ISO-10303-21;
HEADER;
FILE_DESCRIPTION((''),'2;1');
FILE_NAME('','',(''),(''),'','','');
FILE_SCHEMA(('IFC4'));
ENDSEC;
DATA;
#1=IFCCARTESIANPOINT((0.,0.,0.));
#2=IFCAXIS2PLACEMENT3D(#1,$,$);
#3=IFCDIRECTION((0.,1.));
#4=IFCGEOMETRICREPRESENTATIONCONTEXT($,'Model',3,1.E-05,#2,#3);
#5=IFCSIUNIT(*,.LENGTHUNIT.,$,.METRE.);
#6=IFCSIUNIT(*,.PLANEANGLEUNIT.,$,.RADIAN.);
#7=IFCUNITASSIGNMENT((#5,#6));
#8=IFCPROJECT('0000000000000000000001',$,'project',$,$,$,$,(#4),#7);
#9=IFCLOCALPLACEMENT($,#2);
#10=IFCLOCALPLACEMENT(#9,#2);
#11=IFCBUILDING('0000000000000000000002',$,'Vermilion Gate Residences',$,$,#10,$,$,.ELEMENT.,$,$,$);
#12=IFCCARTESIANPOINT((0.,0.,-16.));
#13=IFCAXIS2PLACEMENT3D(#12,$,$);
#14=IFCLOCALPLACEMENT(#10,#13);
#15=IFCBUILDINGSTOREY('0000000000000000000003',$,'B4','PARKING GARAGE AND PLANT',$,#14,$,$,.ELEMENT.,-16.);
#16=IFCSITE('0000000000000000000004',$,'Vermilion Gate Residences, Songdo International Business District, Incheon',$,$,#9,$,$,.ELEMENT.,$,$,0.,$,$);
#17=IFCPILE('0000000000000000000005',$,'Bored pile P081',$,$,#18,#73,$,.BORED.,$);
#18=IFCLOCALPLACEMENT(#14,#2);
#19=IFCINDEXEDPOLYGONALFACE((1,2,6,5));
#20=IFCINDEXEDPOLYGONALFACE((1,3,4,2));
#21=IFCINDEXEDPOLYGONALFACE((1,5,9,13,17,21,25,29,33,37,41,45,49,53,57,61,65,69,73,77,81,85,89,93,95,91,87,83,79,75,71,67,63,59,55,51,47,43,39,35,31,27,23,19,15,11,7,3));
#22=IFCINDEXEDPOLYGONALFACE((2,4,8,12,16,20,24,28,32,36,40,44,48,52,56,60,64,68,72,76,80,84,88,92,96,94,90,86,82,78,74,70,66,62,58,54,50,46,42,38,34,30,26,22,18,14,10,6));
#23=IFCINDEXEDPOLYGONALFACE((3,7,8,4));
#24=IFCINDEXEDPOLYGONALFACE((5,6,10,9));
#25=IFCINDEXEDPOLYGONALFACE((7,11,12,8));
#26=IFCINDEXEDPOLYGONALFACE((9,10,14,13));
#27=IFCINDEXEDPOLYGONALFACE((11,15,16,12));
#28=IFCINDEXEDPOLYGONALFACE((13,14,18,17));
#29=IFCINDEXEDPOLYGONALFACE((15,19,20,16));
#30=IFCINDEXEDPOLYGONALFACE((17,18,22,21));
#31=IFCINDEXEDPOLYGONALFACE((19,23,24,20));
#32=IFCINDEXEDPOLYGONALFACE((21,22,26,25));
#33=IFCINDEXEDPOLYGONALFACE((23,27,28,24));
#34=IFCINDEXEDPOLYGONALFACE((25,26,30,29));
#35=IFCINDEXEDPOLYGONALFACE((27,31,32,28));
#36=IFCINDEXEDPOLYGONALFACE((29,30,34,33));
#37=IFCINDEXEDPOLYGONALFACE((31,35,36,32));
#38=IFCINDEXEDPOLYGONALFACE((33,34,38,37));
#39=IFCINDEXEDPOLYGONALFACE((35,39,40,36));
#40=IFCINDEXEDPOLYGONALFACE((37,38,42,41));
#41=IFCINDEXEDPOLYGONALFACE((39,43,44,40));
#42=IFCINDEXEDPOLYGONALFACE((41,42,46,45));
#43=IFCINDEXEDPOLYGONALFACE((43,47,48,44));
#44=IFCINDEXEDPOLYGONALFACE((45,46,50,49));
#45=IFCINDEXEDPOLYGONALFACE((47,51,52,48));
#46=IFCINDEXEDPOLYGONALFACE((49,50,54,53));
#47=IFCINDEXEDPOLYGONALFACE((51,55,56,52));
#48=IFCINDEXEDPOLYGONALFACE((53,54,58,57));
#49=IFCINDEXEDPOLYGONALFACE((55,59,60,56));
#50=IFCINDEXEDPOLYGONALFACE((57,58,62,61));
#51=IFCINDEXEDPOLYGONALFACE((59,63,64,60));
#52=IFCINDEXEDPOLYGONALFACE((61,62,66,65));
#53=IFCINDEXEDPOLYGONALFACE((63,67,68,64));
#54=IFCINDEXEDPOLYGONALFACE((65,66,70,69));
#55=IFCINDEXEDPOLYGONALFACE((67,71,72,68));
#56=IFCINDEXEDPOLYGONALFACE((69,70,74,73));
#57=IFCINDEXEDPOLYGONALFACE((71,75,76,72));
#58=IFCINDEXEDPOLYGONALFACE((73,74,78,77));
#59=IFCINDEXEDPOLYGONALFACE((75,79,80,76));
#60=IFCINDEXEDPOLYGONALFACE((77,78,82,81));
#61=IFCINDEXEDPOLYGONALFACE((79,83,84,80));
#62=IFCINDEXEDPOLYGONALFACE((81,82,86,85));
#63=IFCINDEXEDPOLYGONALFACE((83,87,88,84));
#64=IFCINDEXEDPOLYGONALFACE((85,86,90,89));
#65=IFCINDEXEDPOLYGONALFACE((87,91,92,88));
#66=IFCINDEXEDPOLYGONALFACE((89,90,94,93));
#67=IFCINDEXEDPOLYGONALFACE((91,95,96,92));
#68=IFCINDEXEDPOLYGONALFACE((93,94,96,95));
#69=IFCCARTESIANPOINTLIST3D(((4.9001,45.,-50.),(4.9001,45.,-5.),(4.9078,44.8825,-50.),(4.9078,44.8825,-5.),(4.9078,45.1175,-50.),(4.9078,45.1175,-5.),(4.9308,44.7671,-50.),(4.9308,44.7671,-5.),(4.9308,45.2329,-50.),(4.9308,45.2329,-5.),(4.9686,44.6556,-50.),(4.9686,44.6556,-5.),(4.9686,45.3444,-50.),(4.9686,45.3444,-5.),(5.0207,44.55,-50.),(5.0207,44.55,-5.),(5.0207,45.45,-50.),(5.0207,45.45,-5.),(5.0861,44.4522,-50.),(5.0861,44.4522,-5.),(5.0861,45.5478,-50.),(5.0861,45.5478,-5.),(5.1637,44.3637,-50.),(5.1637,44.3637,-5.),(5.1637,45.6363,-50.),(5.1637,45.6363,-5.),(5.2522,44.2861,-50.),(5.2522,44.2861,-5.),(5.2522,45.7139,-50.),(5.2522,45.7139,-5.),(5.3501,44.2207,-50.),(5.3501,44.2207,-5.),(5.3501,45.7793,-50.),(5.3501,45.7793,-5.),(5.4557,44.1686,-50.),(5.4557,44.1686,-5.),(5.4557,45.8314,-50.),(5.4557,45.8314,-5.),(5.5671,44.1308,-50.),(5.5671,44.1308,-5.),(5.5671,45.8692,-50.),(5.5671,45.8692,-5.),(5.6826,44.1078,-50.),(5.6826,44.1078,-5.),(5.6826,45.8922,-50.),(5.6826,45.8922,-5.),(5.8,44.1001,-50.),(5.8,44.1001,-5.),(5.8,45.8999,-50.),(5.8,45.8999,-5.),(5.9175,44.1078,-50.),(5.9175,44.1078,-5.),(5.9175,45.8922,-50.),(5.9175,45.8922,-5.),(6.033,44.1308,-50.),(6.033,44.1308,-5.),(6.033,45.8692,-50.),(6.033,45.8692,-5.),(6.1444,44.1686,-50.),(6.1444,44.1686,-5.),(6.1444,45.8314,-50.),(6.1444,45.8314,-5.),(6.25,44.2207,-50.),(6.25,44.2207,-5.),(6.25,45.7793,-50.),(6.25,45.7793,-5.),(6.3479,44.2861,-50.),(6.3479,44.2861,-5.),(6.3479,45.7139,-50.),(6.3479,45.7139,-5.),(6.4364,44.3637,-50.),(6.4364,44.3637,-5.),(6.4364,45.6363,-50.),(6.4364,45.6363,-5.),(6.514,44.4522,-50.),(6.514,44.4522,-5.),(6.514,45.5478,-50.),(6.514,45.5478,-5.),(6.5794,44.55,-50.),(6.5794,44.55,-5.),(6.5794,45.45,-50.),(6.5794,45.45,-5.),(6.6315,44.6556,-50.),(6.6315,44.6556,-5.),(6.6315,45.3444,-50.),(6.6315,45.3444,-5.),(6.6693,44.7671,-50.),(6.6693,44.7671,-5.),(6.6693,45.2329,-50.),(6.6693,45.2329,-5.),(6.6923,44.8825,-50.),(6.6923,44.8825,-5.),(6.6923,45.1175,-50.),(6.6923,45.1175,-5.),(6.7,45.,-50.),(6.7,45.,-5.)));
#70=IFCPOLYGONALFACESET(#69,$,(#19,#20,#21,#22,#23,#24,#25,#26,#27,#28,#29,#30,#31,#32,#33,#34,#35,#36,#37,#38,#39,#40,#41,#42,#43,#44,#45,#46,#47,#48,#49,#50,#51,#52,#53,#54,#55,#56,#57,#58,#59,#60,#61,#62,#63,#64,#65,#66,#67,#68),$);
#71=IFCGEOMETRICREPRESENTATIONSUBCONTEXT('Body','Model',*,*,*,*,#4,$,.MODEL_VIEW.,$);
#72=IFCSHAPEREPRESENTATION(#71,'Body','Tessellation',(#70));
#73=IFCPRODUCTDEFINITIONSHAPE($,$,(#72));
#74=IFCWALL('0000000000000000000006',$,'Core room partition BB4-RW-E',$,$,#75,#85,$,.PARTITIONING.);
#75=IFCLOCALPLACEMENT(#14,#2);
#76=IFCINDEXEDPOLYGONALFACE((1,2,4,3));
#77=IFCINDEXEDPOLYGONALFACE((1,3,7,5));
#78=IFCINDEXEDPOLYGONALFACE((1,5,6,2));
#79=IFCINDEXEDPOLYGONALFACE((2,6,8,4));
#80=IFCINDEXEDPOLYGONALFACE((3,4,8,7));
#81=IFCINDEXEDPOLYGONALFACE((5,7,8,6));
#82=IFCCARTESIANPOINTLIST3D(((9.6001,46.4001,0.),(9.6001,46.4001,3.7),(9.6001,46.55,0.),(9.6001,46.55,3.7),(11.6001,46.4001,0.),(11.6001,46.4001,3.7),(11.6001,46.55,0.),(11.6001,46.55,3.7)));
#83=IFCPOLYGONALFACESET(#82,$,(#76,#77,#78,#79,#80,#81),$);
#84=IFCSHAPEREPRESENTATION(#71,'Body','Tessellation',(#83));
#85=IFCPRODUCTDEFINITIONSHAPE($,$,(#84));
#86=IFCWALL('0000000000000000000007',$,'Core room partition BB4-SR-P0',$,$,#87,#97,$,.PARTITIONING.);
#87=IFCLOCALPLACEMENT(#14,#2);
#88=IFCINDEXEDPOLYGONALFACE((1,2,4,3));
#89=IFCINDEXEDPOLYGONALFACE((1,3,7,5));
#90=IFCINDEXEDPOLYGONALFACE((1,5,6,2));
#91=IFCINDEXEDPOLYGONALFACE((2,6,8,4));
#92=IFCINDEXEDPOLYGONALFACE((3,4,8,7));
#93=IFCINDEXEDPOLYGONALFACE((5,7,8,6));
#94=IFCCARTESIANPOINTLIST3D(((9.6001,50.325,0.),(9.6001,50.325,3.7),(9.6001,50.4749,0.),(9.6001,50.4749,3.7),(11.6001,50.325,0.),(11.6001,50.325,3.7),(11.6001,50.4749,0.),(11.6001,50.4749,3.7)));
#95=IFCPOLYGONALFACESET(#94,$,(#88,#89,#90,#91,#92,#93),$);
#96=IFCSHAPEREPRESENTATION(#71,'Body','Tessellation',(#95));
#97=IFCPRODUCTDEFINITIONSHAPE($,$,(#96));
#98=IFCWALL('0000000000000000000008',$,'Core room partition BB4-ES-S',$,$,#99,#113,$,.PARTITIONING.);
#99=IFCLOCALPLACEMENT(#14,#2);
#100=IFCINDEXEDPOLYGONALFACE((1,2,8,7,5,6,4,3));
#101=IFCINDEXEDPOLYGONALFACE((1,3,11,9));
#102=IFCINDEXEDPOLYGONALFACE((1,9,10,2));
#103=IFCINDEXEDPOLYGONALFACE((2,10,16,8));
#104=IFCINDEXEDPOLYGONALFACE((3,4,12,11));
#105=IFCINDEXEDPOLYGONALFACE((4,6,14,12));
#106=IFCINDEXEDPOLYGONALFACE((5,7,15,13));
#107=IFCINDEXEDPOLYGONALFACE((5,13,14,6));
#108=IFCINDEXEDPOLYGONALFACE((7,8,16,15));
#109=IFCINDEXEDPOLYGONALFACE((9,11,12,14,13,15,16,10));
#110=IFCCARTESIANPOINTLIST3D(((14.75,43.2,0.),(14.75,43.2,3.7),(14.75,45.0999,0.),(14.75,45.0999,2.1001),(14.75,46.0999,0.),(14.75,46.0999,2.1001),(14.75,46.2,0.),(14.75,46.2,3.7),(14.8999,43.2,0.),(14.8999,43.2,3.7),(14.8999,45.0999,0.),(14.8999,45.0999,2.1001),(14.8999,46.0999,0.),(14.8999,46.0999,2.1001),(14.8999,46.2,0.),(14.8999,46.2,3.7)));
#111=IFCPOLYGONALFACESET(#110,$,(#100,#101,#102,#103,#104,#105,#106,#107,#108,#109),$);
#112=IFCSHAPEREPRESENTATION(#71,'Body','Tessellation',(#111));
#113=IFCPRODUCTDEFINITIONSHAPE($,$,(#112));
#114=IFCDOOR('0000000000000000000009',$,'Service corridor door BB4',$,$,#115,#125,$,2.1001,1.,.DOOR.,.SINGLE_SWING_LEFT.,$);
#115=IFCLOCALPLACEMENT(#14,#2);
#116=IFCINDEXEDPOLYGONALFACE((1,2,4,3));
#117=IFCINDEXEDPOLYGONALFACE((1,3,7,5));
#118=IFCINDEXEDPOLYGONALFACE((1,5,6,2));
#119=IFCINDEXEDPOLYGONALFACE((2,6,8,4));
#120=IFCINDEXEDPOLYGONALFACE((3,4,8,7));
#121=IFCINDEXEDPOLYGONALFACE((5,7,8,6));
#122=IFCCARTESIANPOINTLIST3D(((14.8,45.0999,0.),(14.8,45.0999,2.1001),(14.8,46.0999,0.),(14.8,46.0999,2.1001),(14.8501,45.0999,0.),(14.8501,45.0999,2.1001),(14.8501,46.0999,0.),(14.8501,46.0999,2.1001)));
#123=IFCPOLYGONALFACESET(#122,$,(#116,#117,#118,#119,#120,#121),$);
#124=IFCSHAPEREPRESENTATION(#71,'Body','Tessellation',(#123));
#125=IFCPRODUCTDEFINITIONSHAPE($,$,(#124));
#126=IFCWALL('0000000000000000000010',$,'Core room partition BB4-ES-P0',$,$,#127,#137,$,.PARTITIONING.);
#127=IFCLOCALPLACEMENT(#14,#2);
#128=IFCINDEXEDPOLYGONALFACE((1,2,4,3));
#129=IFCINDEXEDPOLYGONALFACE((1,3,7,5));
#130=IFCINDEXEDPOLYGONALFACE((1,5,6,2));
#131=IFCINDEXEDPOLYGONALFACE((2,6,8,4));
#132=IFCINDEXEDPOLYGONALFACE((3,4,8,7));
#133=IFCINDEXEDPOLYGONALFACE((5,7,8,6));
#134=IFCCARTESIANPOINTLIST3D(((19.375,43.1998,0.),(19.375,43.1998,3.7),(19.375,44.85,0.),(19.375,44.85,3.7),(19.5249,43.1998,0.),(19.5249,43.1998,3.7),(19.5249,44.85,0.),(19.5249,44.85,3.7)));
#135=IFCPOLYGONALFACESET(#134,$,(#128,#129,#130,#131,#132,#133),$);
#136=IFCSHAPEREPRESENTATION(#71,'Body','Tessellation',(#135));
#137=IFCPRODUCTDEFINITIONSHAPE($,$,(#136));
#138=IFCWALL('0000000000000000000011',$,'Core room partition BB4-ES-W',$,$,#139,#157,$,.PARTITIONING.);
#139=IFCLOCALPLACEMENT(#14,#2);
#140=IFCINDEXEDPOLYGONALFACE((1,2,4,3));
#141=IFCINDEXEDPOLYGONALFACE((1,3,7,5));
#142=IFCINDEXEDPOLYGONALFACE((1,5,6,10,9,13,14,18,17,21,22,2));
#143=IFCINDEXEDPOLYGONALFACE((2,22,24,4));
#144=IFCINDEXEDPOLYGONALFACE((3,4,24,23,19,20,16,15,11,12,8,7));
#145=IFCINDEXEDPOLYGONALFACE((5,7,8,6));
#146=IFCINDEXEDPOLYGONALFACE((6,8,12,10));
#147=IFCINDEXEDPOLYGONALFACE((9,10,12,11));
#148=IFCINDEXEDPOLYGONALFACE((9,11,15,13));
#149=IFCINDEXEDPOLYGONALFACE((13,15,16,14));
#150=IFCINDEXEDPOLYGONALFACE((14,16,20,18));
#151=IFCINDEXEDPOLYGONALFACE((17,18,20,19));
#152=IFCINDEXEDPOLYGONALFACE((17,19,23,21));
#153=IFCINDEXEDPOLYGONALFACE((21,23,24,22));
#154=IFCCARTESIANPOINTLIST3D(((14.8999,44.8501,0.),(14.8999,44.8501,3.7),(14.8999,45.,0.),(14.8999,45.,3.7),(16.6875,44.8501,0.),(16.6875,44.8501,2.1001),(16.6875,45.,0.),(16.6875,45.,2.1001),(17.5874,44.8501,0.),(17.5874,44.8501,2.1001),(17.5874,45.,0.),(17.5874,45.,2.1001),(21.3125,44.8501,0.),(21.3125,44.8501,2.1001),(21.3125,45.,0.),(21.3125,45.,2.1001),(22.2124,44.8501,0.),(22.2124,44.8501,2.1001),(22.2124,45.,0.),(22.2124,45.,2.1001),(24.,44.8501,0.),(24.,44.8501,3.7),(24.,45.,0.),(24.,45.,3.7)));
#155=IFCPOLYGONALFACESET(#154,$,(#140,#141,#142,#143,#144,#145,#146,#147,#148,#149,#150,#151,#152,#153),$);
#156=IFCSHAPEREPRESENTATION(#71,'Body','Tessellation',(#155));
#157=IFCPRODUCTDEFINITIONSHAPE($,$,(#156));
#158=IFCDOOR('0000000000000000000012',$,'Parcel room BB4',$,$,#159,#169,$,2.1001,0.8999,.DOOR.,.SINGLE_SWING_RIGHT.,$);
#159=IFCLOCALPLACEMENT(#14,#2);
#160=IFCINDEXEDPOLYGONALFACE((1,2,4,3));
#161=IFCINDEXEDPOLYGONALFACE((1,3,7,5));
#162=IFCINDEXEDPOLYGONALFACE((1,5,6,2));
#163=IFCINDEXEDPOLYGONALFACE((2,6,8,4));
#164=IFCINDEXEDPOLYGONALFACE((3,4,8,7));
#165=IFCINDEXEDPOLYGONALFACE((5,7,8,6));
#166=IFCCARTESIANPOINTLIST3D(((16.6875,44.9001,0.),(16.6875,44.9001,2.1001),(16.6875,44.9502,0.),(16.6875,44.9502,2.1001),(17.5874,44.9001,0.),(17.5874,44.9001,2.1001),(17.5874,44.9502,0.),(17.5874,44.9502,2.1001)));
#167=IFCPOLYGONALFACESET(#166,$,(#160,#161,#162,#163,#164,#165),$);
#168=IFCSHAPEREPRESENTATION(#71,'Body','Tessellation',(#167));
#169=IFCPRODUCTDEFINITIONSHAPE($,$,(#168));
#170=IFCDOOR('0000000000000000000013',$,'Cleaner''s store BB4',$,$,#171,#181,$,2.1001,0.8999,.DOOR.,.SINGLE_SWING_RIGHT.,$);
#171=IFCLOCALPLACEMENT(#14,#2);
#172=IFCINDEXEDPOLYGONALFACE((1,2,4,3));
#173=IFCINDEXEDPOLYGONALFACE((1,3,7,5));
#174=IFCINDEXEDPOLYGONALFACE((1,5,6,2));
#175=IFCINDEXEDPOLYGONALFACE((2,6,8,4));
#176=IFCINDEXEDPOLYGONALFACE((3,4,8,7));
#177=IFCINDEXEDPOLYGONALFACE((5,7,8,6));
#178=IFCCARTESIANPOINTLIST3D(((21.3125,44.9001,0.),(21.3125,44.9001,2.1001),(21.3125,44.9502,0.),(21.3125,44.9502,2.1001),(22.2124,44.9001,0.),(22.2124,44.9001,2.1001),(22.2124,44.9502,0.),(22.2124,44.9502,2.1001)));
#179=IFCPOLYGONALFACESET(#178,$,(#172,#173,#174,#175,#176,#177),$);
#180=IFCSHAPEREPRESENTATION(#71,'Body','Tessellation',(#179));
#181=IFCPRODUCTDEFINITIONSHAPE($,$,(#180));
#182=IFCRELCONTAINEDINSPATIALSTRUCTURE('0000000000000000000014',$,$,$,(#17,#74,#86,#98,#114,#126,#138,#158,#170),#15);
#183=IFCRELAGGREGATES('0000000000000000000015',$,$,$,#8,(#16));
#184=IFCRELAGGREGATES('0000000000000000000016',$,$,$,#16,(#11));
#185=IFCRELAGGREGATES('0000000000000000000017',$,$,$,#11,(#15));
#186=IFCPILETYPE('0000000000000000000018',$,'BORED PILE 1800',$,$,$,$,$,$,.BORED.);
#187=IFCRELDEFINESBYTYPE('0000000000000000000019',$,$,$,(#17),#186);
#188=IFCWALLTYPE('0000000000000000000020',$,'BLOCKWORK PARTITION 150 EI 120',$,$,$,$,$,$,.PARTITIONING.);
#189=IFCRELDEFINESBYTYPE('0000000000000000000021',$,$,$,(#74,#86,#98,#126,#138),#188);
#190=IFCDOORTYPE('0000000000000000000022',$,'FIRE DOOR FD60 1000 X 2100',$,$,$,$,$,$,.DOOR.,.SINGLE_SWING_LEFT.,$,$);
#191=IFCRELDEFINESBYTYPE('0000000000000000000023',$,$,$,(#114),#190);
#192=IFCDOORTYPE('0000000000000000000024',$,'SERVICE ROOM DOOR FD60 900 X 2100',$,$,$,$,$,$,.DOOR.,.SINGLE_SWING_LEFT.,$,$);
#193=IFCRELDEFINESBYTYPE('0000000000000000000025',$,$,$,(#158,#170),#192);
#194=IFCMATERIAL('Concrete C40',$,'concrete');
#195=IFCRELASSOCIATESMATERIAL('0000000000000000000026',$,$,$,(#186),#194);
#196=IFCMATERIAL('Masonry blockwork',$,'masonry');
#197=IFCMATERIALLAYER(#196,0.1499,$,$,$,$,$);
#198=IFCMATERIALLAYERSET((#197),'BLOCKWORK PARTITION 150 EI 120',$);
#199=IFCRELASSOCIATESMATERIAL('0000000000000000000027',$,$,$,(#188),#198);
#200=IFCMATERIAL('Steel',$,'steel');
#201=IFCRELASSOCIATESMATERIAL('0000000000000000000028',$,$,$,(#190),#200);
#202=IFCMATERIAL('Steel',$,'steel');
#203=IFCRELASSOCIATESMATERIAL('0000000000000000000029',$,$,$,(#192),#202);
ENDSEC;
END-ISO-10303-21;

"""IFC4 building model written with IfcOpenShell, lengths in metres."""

from ifc_helpers import new_model, si_unit, direction, frame, frame_2d, origin, origin_2d, place, context, subcontext, project, spatial, rectangle, circle, extrude, material, layer, layer_set, material_profile, profile_set, type_object, element, fill, save


model = new_model("IFC4")

# Units and contexts
model_context = context("Model", 3, precision=1e-05, world=origin(), true_north=direction((0.0, 1.0)))
body_context = subcontext(model_context, "Body", "Model", "MODEL_VIEW")
ifc_project = project(units=[si_unit("LENGTHUNIT", "METRE"), si_unit("PLANEANGLEUNIT", "RADIAN")], contexts=[model_context])

# Site, building, storey
site_placement = place(None, origin())
site = spatial("IfcSite", under=ifc_project, at=site_placement, Name="Vermilion Gate Residences, Songdo International Business District, Incheon", CompositionType="ELEMENT", RefElevation=0.0)
building_placement = place(site_placement, origin())
building = spatial("IfcBuilding", under=site, at=building_placement, Name="Vermilion Gate Residences", CompositionType="ELEMENT")
storey_placement = place(building_placement, frame((0.0, 0.0, -16.0)))
storey = spatial("IfcBuildingStorey", under=building, at=storey_placement, Name="B4", Description="PARKING GARAGE AND PLANT", CompositionType="ELEMENT", Elevation=-16.0)

# Pile
ifc_material_1 = material(Name="Concrete C40", Category="concrete")
ifc_material_profile = material_profile(ifc_material_1, circle(Radius=0.8999, at=origin_2d()), Name="BORED PILE 1800")
ifc_profile_set = profile_set([ifc_material_profile], Name="Concrete C40")
pile_type = type_object("IfcPileType", Name="BORED PILE 1800", PredefinedType="BORED", material=ifc_profile_set)
for number, where, z_axis, x_axis, name in (
    (1, (5.8, 45.0, -5.0), (0.0, 0.0, -1.0), (1.0, 0.0, 0.0), "Bored pile P081"),
):
    element("IfcPile", number, at=place(storey_placement, frame(where, z_axis=z_axis, x_axis=x_axis)), inside=storey, type_object=pile_type, Name=name, PredefinedType="BORED", context=body_context, shape_type="SweptSolid", body=[
        extrude(circle(Radius=0.8999, at=origin_2d()), origin(), (0.0, 0.0, 1.0), 45.0),
    ])

# Walls
ifc_material_2 = material(Name="Masonry blockwork", Category="masonry")
ifc_layer_1 = layer(ifc_material_2, 0.1499)
ifc_layer_set_1 = layer_set([ifc_layer_1], Name="BLOCKWORK PARTITION 150 EI 120")
wall_type_1 = type_object("IfcWallType", Name="BLOCKWORK PARTITION 150 EI 120", PredefinedType="PARTITIONING", material=ifc_layer_set_1)
for number, where, z_axis, x_axis, name in (
    (2, (9.6001, 46.4751, 0.0), (0.0, 0.0, 1.0), (1.0, 0.0, 0.0), "Core room partition BB4-RW-E"),
    (3, (9.6001, 50.3999, 0.0), (0.0, 0.0, 1.0), (1.0, 0.0, 0.0), "Core room partition BB4-SR-P0"),
):
    element("IfcWall", number, at=place(storey_placement, frame(where, z_axis=z_axis, x_axis=x_axis)), inside=storey, type_object=wall_type_1, Name=name, PredefinedType="PARTITIONING", context=body_context, shape_type="SweptSolid", body=[
        extrude(rectangle(XDim=2.0, YDim=0.1499, at=frame_2d((1.0, 0.0))), origin(), (0.0, 0.0, 1.0), 3.7),
    ])

# Wall, opening, door
wall_1_placement = place(storey_placement, frame((14.825, 46.2, 0.0), z_axis=(0.0, 0.0, 1.0), x_axis=(0.0, -1.0, 0.0)))
wall_1 = element("IfcWall", 4, at=wall_1_placement, inside=storey, type_object=wall_type_1, Name="Core room partition BB4-ES-S", PredefinedType="PARTITIONING", context=body_context, shape_type="SweptSolid", body=[
    extrude(rectangle(XDim=3.0, YDim=0.1499, at=frame_2d((1.5, 0.0))), origin(), (0.0, 0.0, 1.0), 3.7),
])
opening_1_placement = place(wall_1_placement, frame((0.1001, 0.0, 0.0)))
opening_1 = element("IfcOpeningElement", 5, at=opening_1_placement, cuts=wall_1, PredefinedType="OPENING", context=body_context, shape_type="SweptSolid", body=[
    extrude(rectangle(XDim=1.0, YDim=2.1001, at=frame_2d((0.5, 1.05))), frame((0.0, 0.085, 0.0), z_axis=(0.0, -1.0, 0.0), x_axis=(1.0, 0.0, 0.0)), (0.0, 0.0, 1.0), 0.1699),
])
ifc_material_3 = material(Name="Steel", Category="steel")
door_type_1 = type_object("IfcDoorType", Name="FIRE DOOR FD60 1000 X 2100", OperationType="SINGLE_SWING_LEFT", PredefinedType="DOOR", material=ifc_material_3)
door_1_placement = place(opening_1_placement, frame((1.0, 0.0, 0.0), z_axis=(0.0, 0.0, 1.0), x_axis=(-1.0, 0.0, 0.0)))
door_1 = element("IfcDoor", 6, at=door_1_placement, inside=storey, type_object=door_type_1, Name="Service corridor door BB4", OperationType="SINGLE_SWING_LEFT", OverallHeight=2.1001, OverallWidth=1.0, PredefinedType="DOOR", context=body_context, shape_type="SweptSolid", body=[
    extrude(rectangle(XDim=1.0, YDim=2.1001, at=frame_2d((0.5, 1.05))), frame((0.0, 0.0249, 0.0), z_axis=(0.0, -1.0, 0.0), x_axis=(1.0, 0.0, 0.0)), (0.0, 0.0, 1.0), 0.05),
])
fill(opening_1, door_1)

# Wall
wall_2_placement = place(storey_placement, frame((19.45, 44.8501, 0.0), z_axis=(0.0, 0.0, 1.0), x_axis=(0.0, -1.0, 0.0)))
element("IfcWall", 7, at=wall_2_placement, inside=storey, type_object=wall_type_1, Name="Core room partition BB4-ES-P0", PredefinedType="PARTITIONING", context=body_context, shape_type="SweptSolid", body=[
    extrude(rectangle(XDim=1.6501, YDim=0.1499, at=frame_2d((0.8252, 0.0))), origin(), (0.0, 0.0, 1.0), 3.7),
])

# Wall, openings, doors
wall_3_placement = place(storey_placement, frame((14.8999, 44.925, 0.0), z_axis=(0.0, 0.0, 1.0), x_axis=(1.0, 0.0, 0.0)))
wall_3 = element("IfcWall", 8, at=wall_3_placement, inside=storey, type_object=wall_type_1, Name="Core room partition BB4-ES-W", PredefinedType="PARTITIONING", context=body_context, shape_type="SweptSolid", body=[
    extrude(rectangle(XDim=9.1001, YDim=0.1499, at=frame_2d((4.55, 0.0))), origin(), (0.0, 0.0, 1.0), 3.7),
])
opening_2_placement = place(wall_3_placement, frame((1.7876, 0.0, 0.0)))
opening_2 = element("IfcOpeningElement", 9, at=opening_2_placement, cuts=wall_3, PredefinedType="OPENING", context=body_context, shape_type="SweptSolid", body=[
    extrude(rectangle(XDim=0.8999, YDim=2.1001, at=frame_2d((0.45, 1.05))), frame((0.0, 0.085, 0.0), z_axis=(0.0, -1.0, 0.0), x_axis=(1.0, 0.0, 0.0)), (0.0, 0.0, 1.0), 0.1699),
])
opening_3_placement = place(wall_3_placement, frame((6.4126, 0.0, 0.0)))
opening_3 = element("IfcOpeningElement", 10, at=opening_3_placement, cuts=wall_3, PredefinedType="OPENING", context=body_context, shape_type="SweptSolid", body=[
    extrude(rectangle(XDim=0.8999, YDim=2.1001, at=frame_2d((0.45, 1.05))), frame((0.0, 0.085, 0.0), z_axis=(0.0, -1.0, 0.0), x_axis=(1.0, 0.0, 0.0)), (0.0, 0.0, 1.0), 0.1699),
])
ifc_material_4 = material(Name="Steel", Category="steel")
door_type_2 = type_object("IfcDoorType", Name="SERVICE ROOM DOOR FD60 900 X 2100", OperationType="SINGLE_SWING_LEFT", PredefinedType="DOOR", material=ifc_material_4)
door_2_placement = place(opening_2_placement, frame((0.8999, 0.0, 0.0), z_axis=(0.0, 0.0, 1.0), x_axis=(-1.0, 0.0, 0.0)))
door_2 = element("IfcDoor", 11, at=door_2_placement, inside=storey, type_object=door_type_2, Name="Parcel room BB4", OperationType="SINGLE_SWING_RIGHT", OverallHeight=2.1001, OverallWidth=0.8999, PredefinedType="DOOR", context=body_context, shape_type="SweptSolid", body=[
    extrude(rectangle(XDim=0.8999, YDim=2.1001, at=frame_2d((0.45, 1.05))), frame((0.0, 0.0249, 0.0), z_axis=(0.0, -1.0, 0.0), x_axis=(1.0, 0.0, 0.0)), (0.0, 0.0, 1.0), 0.05),
])
fill(opening_2, door_2)
door_3_placement = place(opening_3_placement, frame((0.8999, 0.0, 0.0), z_axis=(0.0, 0.0, 1.0), x_axis=(-1.0, 0.0, 0.0)))
door_3 = element("IfcDoor", 12, at=door_3_placement, inside=storey, type_object=door_type_2, Name="Cleaner's store BB4", OperationType="SINGLE_SWING_RIGHT", OverallHeight=2.1001, OverallWidth=0.8999, PredefinedType="DOOR", context=body_context, shape_type="SweptSolid", body=[
    extrude(rectangle(XDim=0.8999, YDim=2.1001, at=frame_2d((0.45, 1.05))), frame((0.0, 0.0249, 0.0), z_axis=(0.0, -1.0, 0.0), x_axis=(1.0, 0.0, 0.0)), (0.0, 0.0, 1.0), 0.05),
])
fill(opening_3, door_3)

save(model, "model.ifc")
